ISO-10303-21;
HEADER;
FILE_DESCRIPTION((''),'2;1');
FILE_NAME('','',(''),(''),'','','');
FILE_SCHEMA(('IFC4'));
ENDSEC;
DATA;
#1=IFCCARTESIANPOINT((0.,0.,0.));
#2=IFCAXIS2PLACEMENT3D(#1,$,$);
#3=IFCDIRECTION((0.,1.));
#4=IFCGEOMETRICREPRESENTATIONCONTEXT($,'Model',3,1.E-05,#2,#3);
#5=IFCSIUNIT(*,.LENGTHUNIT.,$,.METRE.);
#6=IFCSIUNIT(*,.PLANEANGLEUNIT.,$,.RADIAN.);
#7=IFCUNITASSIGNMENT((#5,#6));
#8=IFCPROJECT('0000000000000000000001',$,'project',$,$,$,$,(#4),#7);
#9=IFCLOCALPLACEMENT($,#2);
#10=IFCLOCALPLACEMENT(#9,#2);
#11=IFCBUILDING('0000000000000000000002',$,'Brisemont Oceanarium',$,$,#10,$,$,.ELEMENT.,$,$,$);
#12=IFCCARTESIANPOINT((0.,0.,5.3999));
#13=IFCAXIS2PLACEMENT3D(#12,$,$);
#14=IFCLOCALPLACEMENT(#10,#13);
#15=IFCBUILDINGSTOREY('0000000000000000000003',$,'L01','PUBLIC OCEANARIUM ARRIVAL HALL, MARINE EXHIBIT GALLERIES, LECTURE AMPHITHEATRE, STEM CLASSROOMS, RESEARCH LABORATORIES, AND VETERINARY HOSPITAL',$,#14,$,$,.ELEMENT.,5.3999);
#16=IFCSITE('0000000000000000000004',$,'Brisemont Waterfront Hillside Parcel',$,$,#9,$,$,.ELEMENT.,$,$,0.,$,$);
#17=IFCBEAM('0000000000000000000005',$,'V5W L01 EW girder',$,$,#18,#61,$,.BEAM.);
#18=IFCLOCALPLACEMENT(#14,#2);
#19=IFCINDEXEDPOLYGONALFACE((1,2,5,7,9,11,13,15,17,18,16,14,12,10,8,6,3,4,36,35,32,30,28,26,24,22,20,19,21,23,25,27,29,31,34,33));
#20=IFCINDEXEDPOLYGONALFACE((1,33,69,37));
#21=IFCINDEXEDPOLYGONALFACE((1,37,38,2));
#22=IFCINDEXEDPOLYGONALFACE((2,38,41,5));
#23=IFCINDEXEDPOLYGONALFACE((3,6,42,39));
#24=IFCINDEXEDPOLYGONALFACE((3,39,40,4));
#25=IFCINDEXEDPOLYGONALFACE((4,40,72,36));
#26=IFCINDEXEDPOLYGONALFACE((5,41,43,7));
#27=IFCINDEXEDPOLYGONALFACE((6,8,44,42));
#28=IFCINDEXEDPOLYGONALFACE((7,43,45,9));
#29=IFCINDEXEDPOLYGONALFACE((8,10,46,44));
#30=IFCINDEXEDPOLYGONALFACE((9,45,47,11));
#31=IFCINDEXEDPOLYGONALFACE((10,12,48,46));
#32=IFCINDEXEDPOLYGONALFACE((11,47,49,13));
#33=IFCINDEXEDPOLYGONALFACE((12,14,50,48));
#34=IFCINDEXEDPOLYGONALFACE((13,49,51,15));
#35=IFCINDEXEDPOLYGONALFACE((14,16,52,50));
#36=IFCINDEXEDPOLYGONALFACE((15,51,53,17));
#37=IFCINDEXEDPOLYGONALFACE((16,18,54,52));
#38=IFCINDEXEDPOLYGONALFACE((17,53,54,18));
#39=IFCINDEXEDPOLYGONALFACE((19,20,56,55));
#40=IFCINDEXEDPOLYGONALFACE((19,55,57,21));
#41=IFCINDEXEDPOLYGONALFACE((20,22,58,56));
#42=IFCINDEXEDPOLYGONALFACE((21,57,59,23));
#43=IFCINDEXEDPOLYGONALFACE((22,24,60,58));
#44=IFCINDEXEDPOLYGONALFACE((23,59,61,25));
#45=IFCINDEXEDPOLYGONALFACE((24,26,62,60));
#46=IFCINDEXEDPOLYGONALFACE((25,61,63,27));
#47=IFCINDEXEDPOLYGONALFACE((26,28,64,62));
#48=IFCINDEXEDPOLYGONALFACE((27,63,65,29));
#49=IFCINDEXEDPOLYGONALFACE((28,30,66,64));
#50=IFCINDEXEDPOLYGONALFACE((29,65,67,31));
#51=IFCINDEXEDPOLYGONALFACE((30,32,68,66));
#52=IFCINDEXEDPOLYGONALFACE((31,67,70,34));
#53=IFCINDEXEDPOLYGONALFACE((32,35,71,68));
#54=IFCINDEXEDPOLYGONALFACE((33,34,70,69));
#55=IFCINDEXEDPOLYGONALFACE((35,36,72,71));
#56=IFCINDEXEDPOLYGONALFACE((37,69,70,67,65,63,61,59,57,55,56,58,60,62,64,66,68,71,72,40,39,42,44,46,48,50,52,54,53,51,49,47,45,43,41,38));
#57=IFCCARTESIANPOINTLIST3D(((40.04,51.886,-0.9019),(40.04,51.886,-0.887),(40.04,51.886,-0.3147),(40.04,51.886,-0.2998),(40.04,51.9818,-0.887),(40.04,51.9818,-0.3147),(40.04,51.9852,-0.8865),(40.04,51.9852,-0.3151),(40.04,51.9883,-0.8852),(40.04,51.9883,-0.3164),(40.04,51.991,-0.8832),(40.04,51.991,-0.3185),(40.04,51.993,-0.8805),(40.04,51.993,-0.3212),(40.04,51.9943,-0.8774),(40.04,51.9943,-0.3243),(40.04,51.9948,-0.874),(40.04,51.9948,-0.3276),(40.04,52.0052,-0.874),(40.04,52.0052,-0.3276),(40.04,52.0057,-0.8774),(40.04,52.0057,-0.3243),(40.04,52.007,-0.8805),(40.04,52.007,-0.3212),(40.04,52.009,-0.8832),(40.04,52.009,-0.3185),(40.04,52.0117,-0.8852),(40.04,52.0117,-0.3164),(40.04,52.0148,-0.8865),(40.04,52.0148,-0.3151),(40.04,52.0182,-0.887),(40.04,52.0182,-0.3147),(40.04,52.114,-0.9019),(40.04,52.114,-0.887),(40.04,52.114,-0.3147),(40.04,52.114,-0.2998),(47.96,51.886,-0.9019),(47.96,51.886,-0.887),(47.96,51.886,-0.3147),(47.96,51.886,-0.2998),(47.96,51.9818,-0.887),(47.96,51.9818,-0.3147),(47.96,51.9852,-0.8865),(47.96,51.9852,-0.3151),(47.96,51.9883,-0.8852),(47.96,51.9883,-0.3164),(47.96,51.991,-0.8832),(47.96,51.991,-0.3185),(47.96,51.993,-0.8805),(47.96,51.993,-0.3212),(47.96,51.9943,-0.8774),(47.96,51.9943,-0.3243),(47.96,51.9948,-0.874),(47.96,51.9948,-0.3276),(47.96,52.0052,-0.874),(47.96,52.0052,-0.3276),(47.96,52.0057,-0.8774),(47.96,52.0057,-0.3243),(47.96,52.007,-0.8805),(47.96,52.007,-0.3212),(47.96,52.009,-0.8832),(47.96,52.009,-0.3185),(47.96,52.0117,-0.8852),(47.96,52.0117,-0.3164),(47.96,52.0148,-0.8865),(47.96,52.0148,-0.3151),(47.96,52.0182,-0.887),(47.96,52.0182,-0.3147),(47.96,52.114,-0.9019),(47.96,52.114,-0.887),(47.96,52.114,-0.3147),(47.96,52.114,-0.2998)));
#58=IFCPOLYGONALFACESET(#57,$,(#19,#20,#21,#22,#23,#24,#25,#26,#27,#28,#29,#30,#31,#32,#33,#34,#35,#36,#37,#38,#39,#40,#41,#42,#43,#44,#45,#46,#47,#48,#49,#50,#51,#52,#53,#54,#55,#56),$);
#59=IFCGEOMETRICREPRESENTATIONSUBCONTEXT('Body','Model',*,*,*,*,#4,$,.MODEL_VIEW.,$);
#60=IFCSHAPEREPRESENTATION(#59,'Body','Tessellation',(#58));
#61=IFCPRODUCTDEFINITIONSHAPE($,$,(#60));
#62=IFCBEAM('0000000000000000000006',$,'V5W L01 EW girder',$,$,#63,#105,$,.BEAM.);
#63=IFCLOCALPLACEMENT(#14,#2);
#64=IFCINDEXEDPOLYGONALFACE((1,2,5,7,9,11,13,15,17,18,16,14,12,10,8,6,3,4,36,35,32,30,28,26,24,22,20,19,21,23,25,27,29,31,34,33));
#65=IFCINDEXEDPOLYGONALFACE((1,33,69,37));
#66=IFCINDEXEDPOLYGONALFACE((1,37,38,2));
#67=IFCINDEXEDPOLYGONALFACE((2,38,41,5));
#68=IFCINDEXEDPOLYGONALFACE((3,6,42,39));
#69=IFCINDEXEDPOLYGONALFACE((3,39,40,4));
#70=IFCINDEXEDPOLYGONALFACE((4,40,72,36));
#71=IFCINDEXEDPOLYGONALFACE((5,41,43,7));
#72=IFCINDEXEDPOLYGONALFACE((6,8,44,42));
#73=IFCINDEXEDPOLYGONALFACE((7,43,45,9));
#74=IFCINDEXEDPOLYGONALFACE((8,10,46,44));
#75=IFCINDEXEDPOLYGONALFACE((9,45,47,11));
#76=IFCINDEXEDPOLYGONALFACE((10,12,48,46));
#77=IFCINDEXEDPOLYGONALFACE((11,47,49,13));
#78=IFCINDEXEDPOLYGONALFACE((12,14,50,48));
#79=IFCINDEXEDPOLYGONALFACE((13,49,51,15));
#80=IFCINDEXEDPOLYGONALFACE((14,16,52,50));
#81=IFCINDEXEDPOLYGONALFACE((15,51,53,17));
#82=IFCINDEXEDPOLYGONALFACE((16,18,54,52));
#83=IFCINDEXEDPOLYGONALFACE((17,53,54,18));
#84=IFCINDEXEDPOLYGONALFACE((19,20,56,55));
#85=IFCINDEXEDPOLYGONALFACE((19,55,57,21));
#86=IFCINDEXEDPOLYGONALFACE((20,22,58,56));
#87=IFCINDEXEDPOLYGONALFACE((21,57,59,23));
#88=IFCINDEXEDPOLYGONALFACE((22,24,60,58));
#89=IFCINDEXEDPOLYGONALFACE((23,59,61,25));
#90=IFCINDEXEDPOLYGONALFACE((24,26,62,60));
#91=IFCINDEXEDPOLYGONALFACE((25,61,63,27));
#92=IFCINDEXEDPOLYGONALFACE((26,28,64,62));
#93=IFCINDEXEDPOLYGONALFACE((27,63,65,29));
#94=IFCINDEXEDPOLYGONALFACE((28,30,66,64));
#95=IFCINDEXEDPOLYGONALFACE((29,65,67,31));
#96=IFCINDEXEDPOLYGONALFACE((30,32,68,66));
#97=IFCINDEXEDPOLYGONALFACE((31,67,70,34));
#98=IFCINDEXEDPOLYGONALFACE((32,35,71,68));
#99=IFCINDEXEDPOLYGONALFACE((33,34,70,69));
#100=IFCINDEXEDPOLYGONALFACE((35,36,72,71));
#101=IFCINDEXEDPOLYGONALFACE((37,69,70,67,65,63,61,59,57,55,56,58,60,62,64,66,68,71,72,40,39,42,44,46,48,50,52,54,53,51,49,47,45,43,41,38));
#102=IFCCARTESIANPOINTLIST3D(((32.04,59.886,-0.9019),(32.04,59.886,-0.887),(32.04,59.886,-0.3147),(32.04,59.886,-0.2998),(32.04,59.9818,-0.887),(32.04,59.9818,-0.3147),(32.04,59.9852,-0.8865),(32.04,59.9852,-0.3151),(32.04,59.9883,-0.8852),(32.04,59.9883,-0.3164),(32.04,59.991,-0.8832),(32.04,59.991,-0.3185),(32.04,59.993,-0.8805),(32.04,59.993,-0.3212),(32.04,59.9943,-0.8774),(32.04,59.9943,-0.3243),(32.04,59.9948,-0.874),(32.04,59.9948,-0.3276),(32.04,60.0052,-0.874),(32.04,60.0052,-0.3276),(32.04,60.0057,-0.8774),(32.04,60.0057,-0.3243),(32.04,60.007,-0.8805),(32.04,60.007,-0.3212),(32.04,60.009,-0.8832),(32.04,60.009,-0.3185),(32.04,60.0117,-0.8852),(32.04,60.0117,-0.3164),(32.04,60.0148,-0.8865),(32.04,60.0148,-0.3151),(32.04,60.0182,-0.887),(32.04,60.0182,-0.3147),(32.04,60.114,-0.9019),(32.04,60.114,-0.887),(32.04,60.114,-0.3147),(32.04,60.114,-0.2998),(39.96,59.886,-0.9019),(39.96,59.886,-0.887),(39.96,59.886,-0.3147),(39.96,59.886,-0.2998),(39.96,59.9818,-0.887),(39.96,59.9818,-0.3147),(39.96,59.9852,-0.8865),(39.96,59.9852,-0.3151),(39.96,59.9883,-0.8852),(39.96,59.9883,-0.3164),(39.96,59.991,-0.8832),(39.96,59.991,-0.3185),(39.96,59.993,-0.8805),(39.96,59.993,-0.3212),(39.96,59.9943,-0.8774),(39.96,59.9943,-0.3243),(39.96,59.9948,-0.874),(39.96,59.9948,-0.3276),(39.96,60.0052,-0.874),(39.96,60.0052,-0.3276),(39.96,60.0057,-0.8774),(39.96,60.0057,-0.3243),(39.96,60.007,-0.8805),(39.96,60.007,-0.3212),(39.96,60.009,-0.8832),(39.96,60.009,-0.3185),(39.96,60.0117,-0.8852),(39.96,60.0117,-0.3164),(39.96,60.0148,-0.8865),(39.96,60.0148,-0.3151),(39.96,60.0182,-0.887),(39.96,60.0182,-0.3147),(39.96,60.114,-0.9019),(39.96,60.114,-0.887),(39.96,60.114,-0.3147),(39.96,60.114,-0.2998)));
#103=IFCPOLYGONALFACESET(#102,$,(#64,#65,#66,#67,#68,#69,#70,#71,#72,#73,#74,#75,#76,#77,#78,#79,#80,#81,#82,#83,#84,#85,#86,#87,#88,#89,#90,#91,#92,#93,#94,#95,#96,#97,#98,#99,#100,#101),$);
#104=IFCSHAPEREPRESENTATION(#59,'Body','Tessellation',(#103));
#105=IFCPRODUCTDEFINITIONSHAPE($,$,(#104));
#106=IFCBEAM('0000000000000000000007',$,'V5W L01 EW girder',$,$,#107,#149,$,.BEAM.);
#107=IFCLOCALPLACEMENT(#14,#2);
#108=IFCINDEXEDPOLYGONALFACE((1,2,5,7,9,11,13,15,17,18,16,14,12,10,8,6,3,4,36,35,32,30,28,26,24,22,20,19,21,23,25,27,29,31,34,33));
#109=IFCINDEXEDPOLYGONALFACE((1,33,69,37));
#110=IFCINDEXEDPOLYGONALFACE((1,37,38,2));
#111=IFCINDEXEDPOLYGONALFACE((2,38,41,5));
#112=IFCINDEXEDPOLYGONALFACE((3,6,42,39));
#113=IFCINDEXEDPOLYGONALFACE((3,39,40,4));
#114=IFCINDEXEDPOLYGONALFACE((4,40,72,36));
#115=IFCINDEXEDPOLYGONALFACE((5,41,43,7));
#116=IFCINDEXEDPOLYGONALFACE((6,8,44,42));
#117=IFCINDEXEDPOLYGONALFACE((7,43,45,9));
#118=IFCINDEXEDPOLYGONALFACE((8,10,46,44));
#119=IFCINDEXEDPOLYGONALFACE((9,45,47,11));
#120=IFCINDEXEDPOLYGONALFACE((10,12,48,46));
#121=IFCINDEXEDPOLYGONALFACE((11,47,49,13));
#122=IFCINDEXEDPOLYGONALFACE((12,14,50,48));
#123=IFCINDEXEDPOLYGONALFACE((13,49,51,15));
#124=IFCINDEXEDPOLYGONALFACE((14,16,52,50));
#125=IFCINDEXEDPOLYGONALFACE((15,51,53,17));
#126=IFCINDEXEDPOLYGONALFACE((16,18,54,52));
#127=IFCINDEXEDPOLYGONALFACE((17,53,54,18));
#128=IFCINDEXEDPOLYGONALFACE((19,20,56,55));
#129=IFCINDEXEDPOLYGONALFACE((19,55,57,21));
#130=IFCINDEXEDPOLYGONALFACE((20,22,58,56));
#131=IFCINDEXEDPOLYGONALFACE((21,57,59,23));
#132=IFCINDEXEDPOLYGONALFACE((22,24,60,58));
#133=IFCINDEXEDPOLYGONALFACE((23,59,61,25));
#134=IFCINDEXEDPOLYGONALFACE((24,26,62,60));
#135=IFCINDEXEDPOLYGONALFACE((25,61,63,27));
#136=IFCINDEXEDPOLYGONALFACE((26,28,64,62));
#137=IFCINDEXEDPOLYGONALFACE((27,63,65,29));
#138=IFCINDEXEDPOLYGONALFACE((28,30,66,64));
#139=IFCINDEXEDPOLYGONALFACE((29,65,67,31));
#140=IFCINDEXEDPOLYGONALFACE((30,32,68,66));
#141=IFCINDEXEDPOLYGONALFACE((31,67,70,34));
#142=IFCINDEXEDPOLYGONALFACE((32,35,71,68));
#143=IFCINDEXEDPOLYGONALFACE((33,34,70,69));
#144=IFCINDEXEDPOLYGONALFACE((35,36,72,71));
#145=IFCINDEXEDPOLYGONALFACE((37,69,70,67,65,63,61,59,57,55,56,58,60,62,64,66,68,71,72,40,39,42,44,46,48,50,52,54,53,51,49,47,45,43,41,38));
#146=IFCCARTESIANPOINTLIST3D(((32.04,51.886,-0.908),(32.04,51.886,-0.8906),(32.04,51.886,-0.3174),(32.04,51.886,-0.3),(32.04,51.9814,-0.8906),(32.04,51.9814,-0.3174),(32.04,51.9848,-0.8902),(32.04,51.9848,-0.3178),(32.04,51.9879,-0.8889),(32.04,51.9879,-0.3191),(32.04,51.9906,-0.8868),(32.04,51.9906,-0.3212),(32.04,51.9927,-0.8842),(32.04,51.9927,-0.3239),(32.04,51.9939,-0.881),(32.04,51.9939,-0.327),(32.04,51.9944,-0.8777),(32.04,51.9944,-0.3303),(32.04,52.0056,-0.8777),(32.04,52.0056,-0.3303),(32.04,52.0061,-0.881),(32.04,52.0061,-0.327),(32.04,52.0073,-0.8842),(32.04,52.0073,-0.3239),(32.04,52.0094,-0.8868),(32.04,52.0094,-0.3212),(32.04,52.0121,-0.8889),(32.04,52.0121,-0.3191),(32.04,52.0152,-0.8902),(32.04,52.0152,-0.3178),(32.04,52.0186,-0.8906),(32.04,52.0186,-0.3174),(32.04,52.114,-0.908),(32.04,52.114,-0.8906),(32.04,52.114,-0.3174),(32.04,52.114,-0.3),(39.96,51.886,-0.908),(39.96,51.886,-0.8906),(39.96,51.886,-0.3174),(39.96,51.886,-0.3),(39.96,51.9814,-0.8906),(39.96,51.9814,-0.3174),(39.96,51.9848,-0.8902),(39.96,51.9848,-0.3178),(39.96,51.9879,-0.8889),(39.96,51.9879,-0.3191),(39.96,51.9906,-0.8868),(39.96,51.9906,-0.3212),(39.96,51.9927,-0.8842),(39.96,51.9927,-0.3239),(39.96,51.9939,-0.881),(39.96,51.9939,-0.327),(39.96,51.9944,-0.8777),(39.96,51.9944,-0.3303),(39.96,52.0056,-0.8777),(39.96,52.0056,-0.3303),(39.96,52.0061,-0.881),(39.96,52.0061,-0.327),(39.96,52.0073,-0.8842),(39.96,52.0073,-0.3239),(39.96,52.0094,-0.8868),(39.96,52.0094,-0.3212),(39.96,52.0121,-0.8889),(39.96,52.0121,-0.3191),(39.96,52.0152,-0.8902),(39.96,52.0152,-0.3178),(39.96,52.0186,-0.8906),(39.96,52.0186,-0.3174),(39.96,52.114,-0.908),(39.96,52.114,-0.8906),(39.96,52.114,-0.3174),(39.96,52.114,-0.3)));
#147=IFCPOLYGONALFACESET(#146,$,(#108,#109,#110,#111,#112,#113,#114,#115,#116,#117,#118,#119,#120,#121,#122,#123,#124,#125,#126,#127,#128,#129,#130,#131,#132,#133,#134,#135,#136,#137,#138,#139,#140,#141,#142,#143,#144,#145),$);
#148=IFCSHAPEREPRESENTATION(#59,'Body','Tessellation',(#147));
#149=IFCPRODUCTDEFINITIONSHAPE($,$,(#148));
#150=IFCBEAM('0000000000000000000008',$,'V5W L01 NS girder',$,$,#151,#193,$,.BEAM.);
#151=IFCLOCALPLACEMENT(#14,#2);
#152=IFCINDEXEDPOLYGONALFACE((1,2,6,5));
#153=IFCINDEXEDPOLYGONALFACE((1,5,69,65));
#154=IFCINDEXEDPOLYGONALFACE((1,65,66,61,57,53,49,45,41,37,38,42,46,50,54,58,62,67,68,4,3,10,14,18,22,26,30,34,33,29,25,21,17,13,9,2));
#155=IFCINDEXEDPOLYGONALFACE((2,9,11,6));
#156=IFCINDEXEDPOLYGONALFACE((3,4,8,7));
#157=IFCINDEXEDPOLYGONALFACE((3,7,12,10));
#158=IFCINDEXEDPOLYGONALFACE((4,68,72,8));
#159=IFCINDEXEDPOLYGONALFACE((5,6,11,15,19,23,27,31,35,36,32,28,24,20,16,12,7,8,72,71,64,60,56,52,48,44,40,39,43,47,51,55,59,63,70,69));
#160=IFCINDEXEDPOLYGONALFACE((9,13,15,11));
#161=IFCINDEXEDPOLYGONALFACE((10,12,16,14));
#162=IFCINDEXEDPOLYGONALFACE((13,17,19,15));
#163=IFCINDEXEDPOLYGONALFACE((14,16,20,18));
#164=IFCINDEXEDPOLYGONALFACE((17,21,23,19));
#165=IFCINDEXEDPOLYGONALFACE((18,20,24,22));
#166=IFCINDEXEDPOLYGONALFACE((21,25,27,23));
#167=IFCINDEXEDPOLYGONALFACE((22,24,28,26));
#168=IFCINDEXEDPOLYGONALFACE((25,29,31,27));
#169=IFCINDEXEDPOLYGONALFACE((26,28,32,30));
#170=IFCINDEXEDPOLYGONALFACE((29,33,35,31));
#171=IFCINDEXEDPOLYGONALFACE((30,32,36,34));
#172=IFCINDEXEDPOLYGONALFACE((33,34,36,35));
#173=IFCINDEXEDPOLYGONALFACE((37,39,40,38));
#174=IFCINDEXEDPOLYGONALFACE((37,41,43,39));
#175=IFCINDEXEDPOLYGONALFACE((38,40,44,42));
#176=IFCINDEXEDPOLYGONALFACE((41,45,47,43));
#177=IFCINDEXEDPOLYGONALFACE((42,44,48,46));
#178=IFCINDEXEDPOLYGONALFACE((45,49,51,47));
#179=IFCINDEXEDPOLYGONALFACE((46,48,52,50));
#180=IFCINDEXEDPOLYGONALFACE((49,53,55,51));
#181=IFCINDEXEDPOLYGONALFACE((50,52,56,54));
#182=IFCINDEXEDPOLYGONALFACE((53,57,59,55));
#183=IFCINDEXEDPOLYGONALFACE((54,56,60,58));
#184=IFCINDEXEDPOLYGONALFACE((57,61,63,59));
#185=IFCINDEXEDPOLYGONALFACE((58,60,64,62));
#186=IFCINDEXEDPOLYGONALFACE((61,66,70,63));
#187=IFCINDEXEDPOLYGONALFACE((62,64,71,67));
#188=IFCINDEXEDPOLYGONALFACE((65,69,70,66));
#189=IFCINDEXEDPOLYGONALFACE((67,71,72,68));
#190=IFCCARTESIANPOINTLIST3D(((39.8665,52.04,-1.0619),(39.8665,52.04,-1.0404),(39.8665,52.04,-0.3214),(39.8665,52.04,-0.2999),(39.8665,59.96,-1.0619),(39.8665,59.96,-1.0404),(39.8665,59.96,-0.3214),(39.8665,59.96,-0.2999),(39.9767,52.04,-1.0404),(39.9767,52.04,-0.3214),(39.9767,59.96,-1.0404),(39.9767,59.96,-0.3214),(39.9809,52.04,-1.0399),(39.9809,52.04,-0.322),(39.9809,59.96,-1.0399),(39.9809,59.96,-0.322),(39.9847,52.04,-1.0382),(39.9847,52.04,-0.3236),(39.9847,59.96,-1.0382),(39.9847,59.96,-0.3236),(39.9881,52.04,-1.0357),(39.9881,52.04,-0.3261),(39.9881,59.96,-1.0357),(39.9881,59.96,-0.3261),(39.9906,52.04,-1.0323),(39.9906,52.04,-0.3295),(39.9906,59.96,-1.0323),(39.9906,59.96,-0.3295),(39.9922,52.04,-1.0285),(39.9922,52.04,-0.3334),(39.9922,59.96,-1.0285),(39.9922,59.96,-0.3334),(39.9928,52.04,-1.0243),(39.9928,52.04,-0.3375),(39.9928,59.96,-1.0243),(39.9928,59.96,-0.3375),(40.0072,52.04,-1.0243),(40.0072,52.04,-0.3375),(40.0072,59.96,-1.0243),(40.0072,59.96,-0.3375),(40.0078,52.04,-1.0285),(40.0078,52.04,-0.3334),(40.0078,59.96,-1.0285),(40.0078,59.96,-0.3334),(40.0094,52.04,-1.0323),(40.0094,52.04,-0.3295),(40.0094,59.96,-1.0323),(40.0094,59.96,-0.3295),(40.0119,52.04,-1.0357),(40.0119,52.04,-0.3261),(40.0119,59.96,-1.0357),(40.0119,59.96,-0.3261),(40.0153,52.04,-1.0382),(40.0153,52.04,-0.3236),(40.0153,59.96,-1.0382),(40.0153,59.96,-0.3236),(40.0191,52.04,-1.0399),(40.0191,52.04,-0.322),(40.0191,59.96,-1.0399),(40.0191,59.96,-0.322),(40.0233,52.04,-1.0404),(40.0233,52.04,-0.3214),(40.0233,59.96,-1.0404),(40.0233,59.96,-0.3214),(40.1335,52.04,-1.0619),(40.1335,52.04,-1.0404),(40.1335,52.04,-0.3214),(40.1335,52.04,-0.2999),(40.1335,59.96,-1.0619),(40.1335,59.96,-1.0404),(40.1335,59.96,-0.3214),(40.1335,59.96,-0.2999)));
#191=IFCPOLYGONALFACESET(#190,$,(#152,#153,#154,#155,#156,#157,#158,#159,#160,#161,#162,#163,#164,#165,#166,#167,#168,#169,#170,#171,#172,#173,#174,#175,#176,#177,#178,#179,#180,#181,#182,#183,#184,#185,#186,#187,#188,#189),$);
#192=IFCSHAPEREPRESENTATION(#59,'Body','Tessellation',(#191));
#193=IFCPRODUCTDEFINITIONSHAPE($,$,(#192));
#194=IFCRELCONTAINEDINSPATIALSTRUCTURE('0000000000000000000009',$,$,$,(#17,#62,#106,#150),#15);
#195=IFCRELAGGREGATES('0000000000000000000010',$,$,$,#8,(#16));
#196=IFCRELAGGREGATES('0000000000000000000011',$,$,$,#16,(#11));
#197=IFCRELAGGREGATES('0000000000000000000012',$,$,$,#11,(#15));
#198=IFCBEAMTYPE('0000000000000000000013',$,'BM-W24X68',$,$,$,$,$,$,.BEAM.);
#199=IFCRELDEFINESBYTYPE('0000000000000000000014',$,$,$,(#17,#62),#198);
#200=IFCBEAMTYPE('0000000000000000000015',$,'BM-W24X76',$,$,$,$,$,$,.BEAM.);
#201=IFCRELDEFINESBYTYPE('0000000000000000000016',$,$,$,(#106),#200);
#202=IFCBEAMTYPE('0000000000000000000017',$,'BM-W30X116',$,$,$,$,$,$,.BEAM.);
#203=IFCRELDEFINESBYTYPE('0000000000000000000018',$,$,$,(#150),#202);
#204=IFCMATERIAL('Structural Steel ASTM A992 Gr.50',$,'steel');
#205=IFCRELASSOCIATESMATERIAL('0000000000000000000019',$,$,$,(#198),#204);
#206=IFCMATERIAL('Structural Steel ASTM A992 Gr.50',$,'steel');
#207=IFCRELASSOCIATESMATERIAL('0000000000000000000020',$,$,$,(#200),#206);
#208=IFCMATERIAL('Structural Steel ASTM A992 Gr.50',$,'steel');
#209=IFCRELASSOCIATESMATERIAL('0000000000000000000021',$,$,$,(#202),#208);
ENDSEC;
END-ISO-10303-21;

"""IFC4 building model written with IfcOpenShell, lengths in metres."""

from ifc_helpers import new_model, si_unit, direction, frame, origin, origin_2d, place, context, subcontext, project, spatial, i_section, extrude, material, material_profile, profile_set, type_object, element, save


model = new_model("IFC4")

# Units and contexts
model_context = context("Model", 3, precision=1e-05, world=origin(), true_north=direction((0.0, 1.0)))
body_context = subcontext(model_context, "Body", "Model", "MODEL_VIEW")
ifc_project = project(units=[si_unit("LENGTHUNIT", "METRE"), si_unit("PLANEANGLEUNIT", "RADIAN")], contexts=[model_context])

# Site, building, storey
site_placement = place(None, origin())
site = spatial("IfcSite", under=ifc_project, at=site_placement, Name="Brisemont Waterfront Hillside Parcel", CompositionType="ELEMENT", RefElevation=0.0)
building_placement = place(site_placement, origin())
building = spatial("IfcBuilding", under=site, at=building_placement, Name="Brisemont Oceanarium", CompositionType="ELEMENT")
storey_placement = place(building_placement, frame((0.0, 0.0, 5.3999)))
storey = spatial("IfcBuildingStorey", under=building, at=storey_placement, Name="L01", Description="PUBLIC OCEANARIUM ARRIVAL HALL, MARINE EXHIBIT GALLERIES, LECTURE AMPHITHEATRE, STEM CLASSROOMS, RESEARCH LABORATORIES, AND VETERINARY HOSPITAL", CompositionType="ELEMENT", Elevation=5.3999)

# Beams
ifc_material_1 = material(Name="Structural Steel ASTM A992 Gr.50", Category="steel")
ifc_material_profile_1 = material_profile(ifc_material_1, i_section(OverallWidth=0.228, OverallDepth=0.6021, WebThickness=0.0105, FlangeThickness=0.0149, FilletRadius=0.0129, at=origin_2d()), Name="W24X68")
ifc_profile_set_1 = profile_set([ifc_material_profile_1], Name="Structural Steel ASTM A992 Gr.50")
beam_type_1 = type_object("IfcBeamType", Name="BM-W24X68", PredefinedType="BEAM", material=ifc_profile_set_1)
for number, where, z_axis, x_axis, name in (
    (1, (40.04, 52.0, -0.6008), (1.0, 0.0, 0.0), (0.0, 1.0, 0.0), "V5W L01 EW girder"),
    (2, (32.04, 60.0, -0.6008), (1.0, 0.0, 0.0), (0.0, 1.0, 0.0), "V5W L01 EW girder"),
):
    element("IfcBeam", number, at=place(storey_placement, frame(where, z_axis=z_axis, x_axis=x_axis)), inside=storey, type_object=beam_type_1, Name=name, PredefinedType="BEAM", context=body_context, shape_type="SweptSolid", body=[
        extrude(i_section(OverallWidth=0.228, OverallDepth=0.6021, WebThickness=0.0105, FlangeThickness=0.0149, FilletRadius=0.0129, at=origin_2d()), origin(), (0.0, 0.0, 1.0), 7.9199),
    ])
ifc_material_2 = material(Name="Structural Steel ASTM A992 Gr.50", Category="steel")
ifc_material_profile_2 = material_profile(ifc_material_2, i_section(OverallWidth=0.228, OverallDepth=0.6079, WebThickness=0.0112, FlangeThickness=0.0173, FilletRadius=0.0129, at=origin_2d()), Name="W24X76")
ifc_profile_set_2 = profile_set([ifc_material_profile_2], Name="Structural Steel ASTM A992 Gr.50")
beam_type_2 = type_object("IfcBeamType", Name="BM-W24X76", PredefinedType="BEAM", material=ifc_profile_set_2)
beam_1_placement = place(storey_placement, frame((32.04, 52.0, -0.604), z_axis=(1.0, 0.0, 0.0), x_axis=(0.0, 1.0, 0.0)))
element("IfcBeam", 3, at=beam_1_placement, inside=storey, type_object=beam_type_2, Name="V5W L01 EW girder", PredefinedType="BEAM", context=body_context, shape_type="SweptSolid", body=[
    extrude(i_section(OverallWidth=0.228, OverallDepth=0.6079, WebThickness=0.0112, FlangeThickness=0.0173, FilletRadius=0.0129, at=origin_2d()), origin(), (0.0, 0.0, 1.0), 7.9199),
])
ifc_material_3 = material(Name="Structural Steel ASTM A992 Gr.50", Category="steel")
ifc_material_profile_3 = material_profile(ifc_material_3, i_section(OverallWidth=0.2671, OverallDepth=0.762, WebThickness=0.0144, FlangeThickness=0.0215, FilletRadius=0.0161, at=origin_2d()), Name="W30X116")
ifc_profile_set_3 = profile_set([ifc_material_profile_3], Name="Structural Steel ASTM A992 Gr.50")
beam_type_3 = type_object("IfcBeamType", Name="BM-W30X116", PredefinedType="BEAM", material=ifc_profile_set_3)
beam_2_placement = place(storey_placement, frame((40.0, 52.04, -0.6809), z_axis=(0.0, 1.0, 0.0), x_axis=(-1.0, 0.0, 0.0)))
element("IfcBeam", 4, at=beam_2_placement, inside=storey, type_object=beam_type_3, Name="V5W L01 NS girder", PredefinedType="BEAM", context=body_context, shape_type="SweptSolid", body=[
    extrude(i_section(OverallWidth=0.2671, OverallDepth=0.762, WebThickness=0.0144, FlangeThickness=0.0215, FilletRadius=0.0161, at=origin_2d()), origin(), (0.0, 0.0, 1.0), 7.9199),
])

save(model, "model.ifc")
